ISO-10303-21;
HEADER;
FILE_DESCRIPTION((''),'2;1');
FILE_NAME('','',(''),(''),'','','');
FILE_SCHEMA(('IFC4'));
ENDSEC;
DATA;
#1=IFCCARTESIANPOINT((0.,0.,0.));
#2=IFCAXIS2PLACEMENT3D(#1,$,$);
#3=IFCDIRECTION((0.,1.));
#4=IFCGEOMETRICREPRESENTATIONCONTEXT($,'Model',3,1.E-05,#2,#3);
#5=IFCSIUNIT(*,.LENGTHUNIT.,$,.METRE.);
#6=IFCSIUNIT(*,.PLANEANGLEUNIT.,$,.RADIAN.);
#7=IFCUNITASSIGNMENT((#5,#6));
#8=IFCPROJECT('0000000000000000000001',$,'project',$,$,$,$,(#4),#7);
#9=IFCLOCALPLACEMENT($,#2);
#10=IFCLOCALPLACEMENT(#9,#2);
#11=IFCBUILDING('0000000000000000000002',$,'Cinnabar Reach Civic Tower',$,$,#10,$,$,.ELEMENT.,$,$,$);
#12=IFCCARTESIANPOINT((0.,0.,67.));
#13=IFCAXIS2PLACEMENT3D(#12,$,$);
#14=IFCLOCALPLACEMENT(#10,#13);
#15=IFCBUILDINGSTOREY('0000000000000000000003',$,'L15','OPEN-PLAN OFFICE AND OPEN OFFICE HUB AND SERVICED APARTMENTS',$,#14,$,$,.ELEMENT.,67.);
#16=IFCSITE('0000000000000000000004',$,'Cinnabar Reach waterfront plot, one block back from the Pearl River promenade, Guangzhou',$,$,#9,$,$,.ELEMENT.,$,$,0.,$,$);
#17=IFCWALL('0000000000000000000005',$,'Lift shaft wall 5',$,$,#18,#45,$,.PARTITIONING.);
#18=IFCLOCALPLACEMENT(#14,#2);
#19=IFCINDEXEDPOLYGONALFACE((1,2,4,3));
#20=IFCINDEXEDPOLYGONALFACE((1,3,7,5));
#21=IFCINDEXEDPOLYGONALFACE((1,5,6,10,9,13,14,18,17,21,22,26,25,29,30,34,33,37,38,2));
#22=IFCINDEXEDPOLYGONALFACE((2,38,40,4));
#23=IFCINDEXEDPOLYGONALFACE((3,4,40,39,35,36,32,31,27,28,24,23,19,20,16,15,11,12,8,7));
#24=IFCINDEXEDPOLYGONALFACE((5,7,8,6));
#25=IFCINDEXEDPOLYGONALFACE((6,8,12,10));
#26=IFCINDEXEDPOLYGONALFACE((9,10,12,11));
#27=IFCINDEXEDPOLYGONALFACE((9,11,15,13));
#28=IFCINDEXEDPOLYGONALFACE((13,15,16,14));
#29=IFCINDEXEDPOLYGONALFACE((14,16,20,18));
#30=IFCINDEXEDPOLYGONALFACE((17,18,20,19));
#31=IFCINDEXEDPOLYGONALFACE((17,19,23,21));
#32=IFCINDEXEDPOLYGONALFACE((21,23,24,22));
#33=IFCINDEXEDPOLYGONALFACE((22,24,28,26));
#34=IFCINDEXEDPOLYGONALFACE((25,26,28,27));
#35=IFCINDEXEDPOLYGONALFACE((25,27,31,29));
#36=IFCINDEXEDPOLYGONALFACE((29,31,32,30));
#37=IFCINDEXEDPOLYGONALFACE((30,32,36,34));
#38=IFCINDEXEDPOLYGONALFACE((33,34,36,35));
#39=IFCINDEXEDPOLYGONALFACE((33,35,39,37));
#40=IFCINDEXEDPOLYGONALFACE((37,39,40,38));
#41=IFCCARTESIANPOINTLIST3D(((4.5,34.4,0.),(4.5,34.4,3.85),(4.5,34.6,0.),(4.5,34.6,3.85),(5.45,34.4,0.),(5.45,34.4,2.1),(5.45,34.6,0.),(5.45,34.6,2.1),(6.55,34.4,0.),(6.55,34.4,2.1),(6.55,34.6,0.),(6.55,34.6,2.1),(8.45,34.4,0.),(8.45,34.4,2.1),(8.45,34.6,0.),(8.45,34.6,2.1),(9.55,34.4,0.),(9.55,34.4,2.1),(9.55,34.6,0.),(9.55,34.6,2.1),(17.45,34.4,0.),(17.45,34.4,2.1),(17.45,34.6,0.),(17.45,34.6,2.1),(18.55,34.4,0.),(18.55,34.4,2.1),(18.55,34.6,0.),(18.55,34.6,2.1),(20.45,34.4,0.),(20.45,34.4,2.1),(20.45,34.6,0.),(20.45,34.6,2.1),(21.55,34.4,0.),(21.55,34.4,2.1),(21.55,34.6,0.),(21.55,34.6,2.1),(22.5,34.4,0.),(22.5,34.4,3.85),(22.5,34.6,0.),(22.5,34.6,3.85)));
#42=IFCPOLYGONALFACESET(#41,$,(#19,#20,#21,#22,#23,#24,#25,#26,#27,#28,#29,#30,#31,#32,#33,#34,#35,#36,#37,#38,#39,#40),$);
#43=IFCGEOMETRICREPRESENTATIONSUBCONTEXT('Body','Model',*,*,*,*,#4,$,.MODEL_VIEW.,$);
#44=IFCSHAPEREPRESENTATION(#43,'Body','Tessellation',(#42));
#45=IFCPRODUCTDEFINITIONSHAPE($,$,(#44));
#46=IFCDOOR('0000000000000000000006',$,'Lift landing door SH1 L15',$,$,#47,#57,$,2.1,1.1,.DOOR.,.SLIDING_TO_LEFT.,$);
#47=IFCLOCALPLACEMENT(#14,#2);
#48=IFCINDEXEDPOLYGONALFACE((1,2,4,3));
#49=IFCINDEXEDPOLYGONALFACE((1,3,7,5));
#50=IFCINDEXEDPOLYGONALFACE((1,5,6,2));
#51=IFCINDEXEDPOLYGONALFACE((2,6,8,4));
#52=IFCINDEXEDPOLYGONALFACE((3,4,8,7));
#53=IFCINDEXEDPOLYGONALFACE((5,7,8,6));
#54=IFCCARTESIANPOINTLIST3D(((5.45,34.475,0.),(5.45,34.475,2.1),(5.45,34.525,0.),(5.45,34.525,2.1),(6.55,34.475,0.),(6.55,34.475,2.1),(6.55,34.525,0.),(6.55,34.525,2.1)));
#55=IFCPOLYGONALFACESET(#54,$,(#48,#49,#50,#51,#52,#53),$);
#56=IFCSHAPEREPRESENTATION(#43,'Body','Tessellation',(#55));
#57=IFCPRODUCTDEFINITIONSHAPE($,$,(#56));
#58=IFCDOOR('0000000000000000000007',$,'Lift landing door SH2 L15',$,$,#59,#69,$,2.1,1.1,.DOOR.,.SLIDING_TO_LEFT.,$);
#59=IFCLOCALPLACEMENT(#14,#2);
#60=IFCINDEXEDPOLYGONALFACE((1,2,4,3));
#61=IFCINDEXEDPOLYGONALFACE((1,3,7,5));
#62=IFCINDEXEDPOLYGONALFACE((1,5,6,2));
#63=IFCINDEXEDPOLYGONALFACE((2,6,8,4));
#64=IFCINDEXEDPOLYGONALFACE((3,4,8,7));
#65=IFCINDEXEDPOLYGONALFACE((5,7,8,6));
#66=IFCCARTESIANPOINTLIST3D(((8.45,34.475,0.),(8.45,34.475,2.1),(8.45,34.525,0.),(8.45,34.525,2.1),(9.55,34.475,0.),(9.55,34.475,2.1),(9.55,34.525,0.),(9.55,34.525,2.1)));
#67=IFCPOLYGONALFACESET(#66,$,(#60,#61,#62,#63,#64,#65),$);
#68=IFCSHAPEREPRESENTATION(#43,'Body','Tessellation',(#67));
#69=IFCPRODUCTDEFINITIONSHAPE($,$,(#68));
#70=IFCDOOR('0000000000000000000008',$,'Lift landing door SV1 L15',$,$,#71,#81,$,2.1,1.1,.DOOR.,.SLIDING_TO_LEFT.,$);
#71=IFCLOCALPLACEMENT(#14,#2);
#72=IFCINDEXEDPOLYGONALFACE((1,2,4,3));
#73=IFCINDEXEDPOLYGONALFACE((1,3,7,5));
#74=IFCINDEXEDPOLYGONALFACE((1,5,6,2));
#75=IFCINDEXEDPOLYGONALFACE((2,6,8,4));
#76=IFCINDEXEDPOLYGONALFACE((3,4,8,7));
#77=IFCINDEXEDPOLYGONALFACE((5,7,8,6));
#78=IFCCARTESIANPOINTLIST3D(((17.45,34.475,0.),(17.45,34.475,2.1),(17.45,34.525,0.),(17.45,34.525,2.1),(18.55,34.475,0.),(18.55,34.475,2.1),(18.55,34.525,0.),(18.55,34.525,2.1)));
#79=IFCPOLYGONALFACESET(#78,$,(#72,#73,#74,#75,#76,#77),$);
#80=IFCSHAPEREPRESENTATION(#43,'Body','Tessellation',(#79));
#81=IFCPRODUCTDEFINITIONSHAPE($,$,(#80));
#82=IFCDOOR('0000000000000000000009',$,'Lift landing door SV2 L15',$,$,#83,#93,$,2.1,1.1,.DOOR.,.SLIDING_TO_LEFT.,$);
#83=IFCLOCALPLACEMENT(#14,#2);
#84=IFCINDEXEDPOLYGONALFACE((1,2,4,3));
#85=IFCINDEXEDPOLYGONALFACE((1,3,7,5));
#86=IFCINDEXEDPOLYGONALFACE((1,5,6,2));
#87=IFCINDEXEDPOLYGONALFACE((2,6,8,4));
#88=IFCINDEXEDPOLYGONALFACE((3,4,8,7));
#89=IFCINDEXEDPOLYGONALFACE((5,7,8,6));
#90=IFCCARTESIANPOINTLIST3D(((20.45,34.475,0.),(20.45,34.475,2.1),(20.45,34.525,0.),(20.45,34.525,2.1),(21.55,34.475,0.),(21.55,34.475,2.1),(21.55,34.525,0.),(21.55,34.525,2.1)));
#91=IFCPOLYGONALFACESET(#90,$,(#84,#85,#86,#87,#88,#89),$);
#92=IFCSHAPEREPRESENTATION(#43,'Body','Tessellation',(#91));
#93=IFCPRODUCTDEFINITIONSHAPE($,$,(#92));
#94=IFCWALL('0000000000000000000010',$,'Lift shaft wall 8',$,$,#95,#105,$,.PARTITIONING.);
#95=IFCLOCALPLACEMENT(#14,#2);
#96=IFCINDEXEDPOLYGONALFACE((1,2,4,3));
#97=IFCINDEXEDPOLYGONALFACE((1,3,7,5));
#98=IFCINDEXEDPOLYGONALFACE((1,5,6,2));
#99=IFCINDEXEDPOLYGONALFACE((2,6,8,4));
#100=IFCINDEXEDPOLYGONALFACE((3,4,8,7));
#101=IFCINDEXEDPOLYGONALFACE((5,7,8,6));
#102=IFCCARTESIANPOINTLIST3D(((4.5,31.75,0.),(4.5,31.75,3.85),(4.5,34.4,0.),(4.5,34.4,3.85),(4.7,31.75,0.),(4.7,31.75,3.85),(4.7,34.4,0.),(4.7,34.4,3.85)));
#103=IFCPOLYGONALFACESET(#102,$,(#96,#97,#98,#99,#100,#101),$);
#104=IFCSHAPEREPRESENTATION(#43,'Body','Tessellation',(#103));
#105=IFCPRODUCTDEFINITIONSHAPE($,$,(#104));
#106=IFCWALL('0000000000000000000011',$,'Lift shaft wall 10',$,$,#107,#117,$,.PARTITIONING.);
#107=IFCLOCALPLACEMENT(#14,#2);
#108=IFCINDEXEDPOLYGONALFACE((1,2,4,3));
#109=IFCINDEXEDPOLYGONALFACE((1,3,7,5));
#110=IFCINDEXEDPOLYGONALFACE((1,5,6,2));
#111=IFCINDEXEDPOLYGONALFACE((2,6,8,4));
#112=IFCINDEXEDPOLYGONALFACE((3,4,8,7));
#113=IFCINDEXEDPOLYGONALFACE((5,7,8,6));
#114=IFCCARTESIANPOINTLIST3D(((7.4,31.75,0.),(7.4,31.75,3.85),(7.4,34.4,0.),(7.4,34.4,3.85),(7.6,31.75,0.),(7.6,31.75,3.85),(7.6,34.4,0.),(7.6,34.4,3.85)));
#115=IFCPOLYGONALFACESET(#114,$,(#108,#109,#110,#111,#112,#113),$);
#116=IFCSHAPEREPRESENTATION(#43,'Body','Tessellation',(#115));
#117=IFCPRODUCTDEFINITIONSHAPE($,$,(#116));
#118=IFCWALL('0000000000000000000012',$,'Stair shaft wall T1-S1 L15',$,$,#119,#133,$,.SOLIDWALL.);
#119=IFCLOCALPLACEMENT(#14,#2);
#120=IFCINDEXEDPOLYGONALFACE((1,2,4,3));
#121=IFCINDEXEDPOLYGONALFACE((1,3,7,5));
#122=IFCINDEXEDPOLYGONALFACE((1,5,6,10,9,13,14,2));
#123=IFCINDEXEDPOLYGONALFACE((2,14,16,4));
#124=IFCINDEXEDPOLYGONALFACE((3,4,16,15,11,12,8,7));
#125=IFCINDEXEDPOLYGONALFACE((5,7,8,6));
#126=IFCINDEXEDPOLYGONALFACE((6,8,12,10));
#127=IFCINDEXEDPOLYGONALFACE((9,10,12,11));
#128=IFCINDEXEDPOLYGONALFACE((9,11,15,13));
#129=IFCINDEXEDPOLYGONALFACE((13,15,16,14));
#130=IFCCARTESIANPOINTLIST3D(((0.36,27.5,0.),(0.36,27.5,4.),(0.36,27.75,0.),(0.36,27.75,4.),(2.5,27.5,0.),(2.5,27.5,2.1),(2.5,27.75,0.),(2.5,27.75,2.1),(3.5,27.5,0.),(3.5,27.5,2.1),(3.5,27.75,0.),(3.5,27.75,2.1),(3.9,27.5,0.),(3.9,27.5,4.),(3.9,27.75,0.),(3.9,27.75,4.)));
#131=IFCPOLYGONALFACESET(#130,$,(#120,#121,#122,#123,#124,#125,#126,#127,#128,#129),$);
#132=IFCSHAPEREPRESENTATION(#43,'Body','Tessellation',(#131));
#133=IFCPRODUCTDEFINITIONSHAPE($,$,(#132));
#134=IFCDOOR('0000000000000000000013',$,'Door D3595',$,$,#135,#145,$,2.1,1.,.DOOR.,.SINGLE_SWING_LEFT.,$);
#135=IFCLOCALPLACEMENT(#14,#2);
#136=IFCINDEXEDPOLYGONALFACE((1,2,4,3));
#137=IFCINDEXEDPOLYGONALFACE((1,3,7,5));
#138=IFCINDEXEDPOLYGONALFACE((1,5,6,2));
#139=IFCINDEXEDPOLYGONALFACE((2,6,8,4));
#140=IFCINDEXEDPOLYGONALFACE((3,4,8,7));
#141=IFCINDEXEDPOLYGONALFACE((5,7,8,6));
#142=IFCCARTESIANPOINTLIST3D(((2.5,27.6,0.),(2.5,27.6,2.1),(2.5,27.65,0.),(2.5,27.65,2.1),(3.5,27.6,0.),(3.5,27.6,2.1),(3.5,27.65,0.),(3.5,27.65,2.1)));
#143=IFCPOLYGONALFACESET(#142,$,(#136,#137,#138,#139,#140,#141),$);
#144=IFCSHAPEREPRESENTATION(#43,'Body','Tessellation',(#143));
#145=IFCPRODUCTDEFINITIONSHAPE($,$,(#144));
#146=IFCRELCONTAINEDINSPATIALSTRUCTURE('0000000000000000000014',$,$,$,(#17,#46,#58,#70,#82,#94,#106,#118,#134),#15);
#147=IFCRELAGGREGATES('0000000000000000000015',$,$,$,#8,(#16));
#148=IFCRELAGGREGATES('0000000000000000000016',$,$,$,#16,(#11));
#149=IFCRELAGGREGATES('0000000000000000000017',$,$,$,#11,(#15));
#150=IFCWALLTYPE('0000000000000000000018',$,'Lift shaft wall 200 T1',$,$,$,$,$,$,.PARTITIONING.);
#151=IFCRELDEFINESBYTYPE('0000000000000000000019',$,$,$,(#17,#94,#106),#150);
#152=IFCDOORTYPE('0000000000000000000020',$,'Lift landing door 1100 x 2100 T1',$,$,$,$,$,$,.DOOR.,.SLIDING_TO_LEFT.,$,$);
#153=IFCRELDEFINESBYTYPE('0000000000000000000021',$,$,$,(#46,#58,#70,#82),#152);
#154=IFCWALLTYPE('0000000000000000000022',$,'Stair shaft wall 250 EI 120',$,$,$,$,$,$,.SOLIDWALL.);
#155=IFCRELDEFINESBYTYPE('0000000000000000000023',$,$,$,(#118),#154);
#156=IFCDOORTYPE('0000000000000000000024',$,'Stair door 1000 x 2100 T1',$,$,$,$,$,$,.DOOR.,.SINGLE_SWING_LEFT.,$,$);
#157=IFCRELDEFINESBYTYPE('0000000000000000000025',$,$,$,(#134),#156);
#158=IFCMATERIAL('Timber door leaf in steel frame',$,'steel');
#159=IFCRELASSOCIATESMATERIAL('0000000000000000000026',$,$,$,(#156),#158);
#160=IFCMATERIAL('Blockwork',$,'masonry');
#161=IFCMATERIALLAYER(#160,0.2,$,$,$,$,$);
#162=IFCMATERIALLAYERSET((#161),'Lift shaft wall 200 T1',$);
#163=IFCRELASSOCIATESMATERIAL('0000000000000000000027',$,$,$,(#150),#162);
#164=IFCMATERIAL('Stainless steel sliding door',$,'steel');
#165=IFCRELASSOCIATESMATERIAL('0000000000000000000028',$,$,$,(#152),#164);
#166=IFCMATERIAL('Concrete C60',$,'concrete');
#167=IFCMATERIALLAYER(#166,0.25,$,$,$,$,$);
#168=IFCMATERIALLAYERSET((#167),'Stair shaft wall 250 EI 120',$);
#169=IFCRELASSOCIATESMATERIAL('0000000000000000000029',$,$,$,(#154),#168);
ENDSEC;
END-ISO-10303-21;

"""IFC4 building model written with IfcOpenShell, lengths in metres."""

from ifc_helpers import new_model, si_unit, direction, frame, frame_2d, origin, place, context, subcontext, project, spatial, rectangle, extrude, material, layer, layer_set, type_object, element, fill, save


model = new_model("IFC4")

# Units and contexts
model_context = context("Model", 3, precision=1e-05, world=origin(), true_north=direction((0.0, 1.0)))
body_context = subcontext(model_context, "Body", "Model", "MODEL_VIEW")
ifc_project = project(units=[si_unit("LENGTHUNIT", "METRE"), si_unit("PLANEANGLEUNIT", "RADIAN")], contexts=[model_context])

# Site, building, storey
site_placement = place(None, origin())
site = spatial("IfcSite", under=ifc_project, at=site_placement, Name="Cinnabar Reach waterfront plot, one block back from the Pearl River promenade, Guangzhou", CompositionType="ELEMENT", RefElevation=0.0)
building_placement = place(site_placement, origin())
building = spatial("IfcBuilding", under=site, at=building_placement, Name="Cinnabar Reach Civic Tower", CompositionType="ELEMENT")
storey_placement = place(building_placement, frame((0.0, 0.0, 67.0)))
storey = spatial("IfcBuildingStorey", under=building, at=storey_placement, Name="L15", Description="OPEN-PLAN OFFICE AND OPEN OFFICE HUB AND SERVICED APARTMENTS", CompositionType="ELEMENT", Elevation=67.0)

# Shared definitions
ifc_material_1 = material(Name="Concrete C60", Category="concrete")

# Shared definitions
ifc_material_2 = material(Name="Timber door leaf in steel frame", Category="steel")
door_type_1 = type_object("IfcDoorType", Name="Stair door 1000 x 2100 T1", OperationType="SINGLE_SWING_LEFT", PredefinedType="DOOR", material=ifc_material_2)

# Wall, openings, doors
ifc_material_3 = material(Name="Blockwork", Category="masonry")
ifc_layer_1 = layer(ifc_material_3, 0.2)
ifc_layer_set_1 = layer_set([ifc_layer_1], Name="Lift shaft wall 200 T1")
wall_type_1 = type_object("IfcWallType", Name="Lift shaft wall 200 T1", PredefinedType="PARTITIONING", material=ifc_layer_set_1)
wall_1_placement = place(storey_placement, frame((4.5, 34.5, 0.0), z_axis=(0.0, 0.0, 1.0), x_axis=(1.0, 0.0, 0.0)))
wall_1 = element("IfcWall", 1, at=wall_1_placement, inside=storey, type_object=wall_type_1, Name="Lift shaft wall 5", PredefinedType="PARTITIONING", context=body_context, shape_type="SweptSolid", body=[
    extrude(rectangle(XDim=18.0, YDim=0.2, at=frame_2d((9.0, 0.0))), origin(), (0.0, 0.0, 1.0), 3.85),
])
opening_1_placement = place(wall_1_placement, frame((0.95, 0.0, 0.0)))
opening_1 = element("IfcOpeningElement", 2, at=opening_1_placement, cuts=wall_1, PredefinedType="OPENING", context=body_context, shape_type="SweptSolid", body=[
    extrude(rectangle(XDim=1.1, YDim=2.1, at=frame_2d((0.55, 1.05))), frame((0.0, 0.11, 0.0), z_axis=(0.0, -1.0, 0.0), x_axis=(1.0, 0.0, 0.0)), (0.0, 0.0, 1.0), 0.22),
])
opening_2_placement = place(wall_1_placement, frame((3.95, 0.0, 0.0)))
opening_2 = element("IfcOpeningElement", 3, at=opening_2_placement, cuts=wall_1, PredefinedType="OPENING", context=body_context, shape_type="SweptSolid", body=[
    extrude(rectangle(XDim=1.1, YDim=2.1, at=frame_2d((0.55, 1.05))), frame((0.0, 0.11, 0.0), z_axis=(0.0, -1.0, 0.0), x_axis=(1.0, 0.0, 0.0)), (0.0, 0.0, 1.0), 0.22),
])
opening_3_placement = place(wall_1_placement, frame((12.95, 0.0, 0.0)))
opening_3 = element("IfcOpeningElement", 4, at=opening_3_placement, cuts=wall_1, PredefinedType="OPENING", context=body_context, shape_type="SweptSolid", body=[
    extrude(rectangle(XDim=1.1, YDim=2.1, at=frame_2d((0.55, 1.05))), frame((0.0, 0.11, 0.0), z_axis=(0.0, -1.0, 0.0), x_axis=(1.0, 0.0, 0.0)), (0.0, 0.0, 1.0), 0.22),
])
opening_4_placement = place(wall_1_placement, frame((15.95, 0.0, 0.0)))
opening_4 = element("IfcOpeningElement", 5, at=opening_4_placement, cuts=wall_1, PredefinedType="OPENING", context=body_context, shape_type="SweptSolid", body=[
    extrude(rectangle(XDim=1.1, YDim=2.1, at=frame_2d((0.55, 1.05))), frame((0.0, 0.11, 0.0), z_axis=(0.0, -1.0, 0.0), x_axis=(1.0, 0.0, 0.0)), (0.0, 0.0, 1.0), 0.22),
])
ifc_material_4 = material(Name="Stainless steel sliding door", Category="steel")
door_type_2 = type_object("IfcDoorType", Name="Lift landing door 1100 x 2100 T1", OperationType="SLIDING_TO_LEFT", PredefinedType="DOOR", material=ifc_material_4)
door_1_placement = place(opening_1_placement, origin())
door_1 = element("IfcDoor", 6, at=door_1_placement, inside=storey, type_object=door_type_2, Name="Lift landing door SH1 L15", OperationType="SLIDING_TO_LEFT", OverallHeight=2.1, OverallWidth=1.1, PredefinedType="DOOR", context=body_context, shape_type="SweptSolid", body=[
    extrude(rectangle(XDim=1.1, YDim=2.1, at=frame_2d((0.55, 1.05))), frame((0.0, 0.025, 0.0), z_axis=(0.0, -1.0, 0.0), x_axis=(1.0, 0.0, 0.0)), (0.0, 0.0, 1.0), 0.05),
])
fill(opening_1, door_1)
door_2_placement = place(opening_2_placement, origin())
door_2 = element("IfcDoor", 7, at=door_2_placement, inside=storey, type_object=door_type_2, Name="Lift landing door SH2 L15", OperationType="SLIDING_TO_LEFT", OverallHeight=2.1, OverallWidth=1.1, PredefinedType="DOOR", context=body_context, shape_type="SweptSolid", body=[
    extrude(rectangle(XDim=1.1, YDim=2.1, at=frame_2d((0.55, 1.05))), frame((0.0, 0.025, 0.0), z_axis=(0.0, -1.0, 0.0), x_axis=(1.0, 0.0, 0.0)), (0.0, 0.0, 1.0), 0.05),
])
fill(opening_2, door_2)
door_3_placement = place(opening_3_placement, origin())
door_3 = element("IfcDoor", 8, at=door_3_placement, inside=storey, type_object=door_type_2, Name="Lift landing door SV1 L15", OperationType="SLIDING_TO_LEFT", OverallHeight=2.1, OverallWidth=1.1, PredefinedType="DOOR", context=body_context, shape_type="SweptSolid", body=[
    extrude(rectangle(XDim=1.1, YDim=2.1, at=frame_2d((0.55, 1.05))), frame((0.0, 0.025, 0.0), z_axis=(0.0, -1.0, 0.0), x_axis=(1.0, 0.0, 0.0)), (0.0, 0.0, 1.0), 0.05),
])
fill(opening_3, door_3)
door_4_placement = place(opening_4_placement, origin())
door_4 = element("IfcDoor", 9, at=door_4_placement, inside=storey, type_object=door_type_2, Name="Lift landing door SV2 L15", OperationType="SLIDING_TO_LEFT", OverallHeight=2.1, OverallWidth=1.1, PredefinedType="DOOR", context=body_context, shape_type="SweptSolid", body=[
    extrude(rectangle(XDim=1.1, YDim=2.1, at=frame_2d((0.55, 1.05))), frame((0.0, 0.025, 0.0), z_axis=(0.0, -1.0, 0.0), x_axis=(1.0, 0.0, 0.0)), (0.0, 0.0, 1.0), 0.05),
])
fill(opening_4, door_4)

# Walls
for number, where, z_axis, x_axis, name in (
    (10, (4.6, 31.75, 0.0), (0.0, 0.0, 1.0), (0.0, 1.0, 0.0), "Lift shaft wall 8"),
    (11, (7.5, 31.75, 0.0), (0.0, 0.0, 1.0), (0.0, 1.0, 0.0), "Lift shaft wall 10"),
):
    element("IfcWall", number, at=place(storey_placement, frame(where, z_axis=z_axis, x_axis=x_axis)), inside=storey, type_object=wall_type_1, Name=name, PredefinedType="PARTITIONING", context=body_context, shape_type="SweptSolid", body=[
        extrude(rectangle(XDim=2.65, YDim=0.2, at=frame_2d((1.325, 0.0))), origin(), (0.0, 0.0, 1.0), 3.85),
    ])

# Wall, opening, door
ifc_layer_2 = layer(ifc_material_1, 0.25)
ifc_layer_set_2 = layer_set([ifc_layer_2], Name="Stair shaft wall 250 EI 120")
wall_type_2 = type_object("IfcWallType", Name="Stair shaft wall 250 EI 120", PredefinedType="SOLIDWALL", material=ifc_layer_set_2)
wall_2_placement = place(storey_placement, frame((3.9, 27.625, 0.0), z_axis=(0.0, 0.0, 1.0), x_axis=(-1.0, 0.0, 0.0)))
wall_2 = element("IfcWall", 12, at=wall_2_placement, inside=storey, type_object=wall_type_2, Name="Stair shaft wall T1-S1 L15", PredefinedType="SOLIDWALL", context=body_context, shape_type="SweptSolid", body=[
    extrude(rectangle(XDim=3.54, YDim=0.25, at=frame_2d((1.77, 0.0))), origin(), (0.0, 0.0, 1.0), 4.0),
])
opening_5_placement = place(wall_2_placement, frame((0.4, 0.0, 0.0)))
opening_5 = element("IfcOpeningElement", 13, at=opening_5_placement, cuts=wall_2, PredefinedType="OPENING", context=body_context, shape_type="SweptSolid", body=[
    extrude(rectangle(XDim=1.0, YDim=2.1, at=frame_2d((0.5, 1.05))), frame((0.0, 0.135, 0.0), z_axis=(0.0, -1.0, 0.0), x_axis=(1.0, 0.0, 0.0)), (0.0, 0.0, 1.0), 0.27),
])
door_5_placement = place(opening_5_placement, origin())
door_5 = element("IfcDoor", 14, at=door_5_placement, inside=storey, type_object=door_type_1, Name="Door D3595", OperationType="SINGLE_SWING_LEFT", OverallHeight=2.1, OverallWidth=1.0, PredefinedType="DOOR", context=body_context, shape_type="SweptSolid", body=[
    extrude(rectangle(XDim=1.0, YDim=2.1, at=frame_2d((0.5, 1.05))), frame((0.0, 0.025, 0.0), z_axis=(0.0, -1.0, 0.0), x_axis=(1.0, 0.0, 0.0)), (0.0, 0.0, 1.0), 0.05),
])
fill(opening_5, door_5)

save(model, "model.ifc")
